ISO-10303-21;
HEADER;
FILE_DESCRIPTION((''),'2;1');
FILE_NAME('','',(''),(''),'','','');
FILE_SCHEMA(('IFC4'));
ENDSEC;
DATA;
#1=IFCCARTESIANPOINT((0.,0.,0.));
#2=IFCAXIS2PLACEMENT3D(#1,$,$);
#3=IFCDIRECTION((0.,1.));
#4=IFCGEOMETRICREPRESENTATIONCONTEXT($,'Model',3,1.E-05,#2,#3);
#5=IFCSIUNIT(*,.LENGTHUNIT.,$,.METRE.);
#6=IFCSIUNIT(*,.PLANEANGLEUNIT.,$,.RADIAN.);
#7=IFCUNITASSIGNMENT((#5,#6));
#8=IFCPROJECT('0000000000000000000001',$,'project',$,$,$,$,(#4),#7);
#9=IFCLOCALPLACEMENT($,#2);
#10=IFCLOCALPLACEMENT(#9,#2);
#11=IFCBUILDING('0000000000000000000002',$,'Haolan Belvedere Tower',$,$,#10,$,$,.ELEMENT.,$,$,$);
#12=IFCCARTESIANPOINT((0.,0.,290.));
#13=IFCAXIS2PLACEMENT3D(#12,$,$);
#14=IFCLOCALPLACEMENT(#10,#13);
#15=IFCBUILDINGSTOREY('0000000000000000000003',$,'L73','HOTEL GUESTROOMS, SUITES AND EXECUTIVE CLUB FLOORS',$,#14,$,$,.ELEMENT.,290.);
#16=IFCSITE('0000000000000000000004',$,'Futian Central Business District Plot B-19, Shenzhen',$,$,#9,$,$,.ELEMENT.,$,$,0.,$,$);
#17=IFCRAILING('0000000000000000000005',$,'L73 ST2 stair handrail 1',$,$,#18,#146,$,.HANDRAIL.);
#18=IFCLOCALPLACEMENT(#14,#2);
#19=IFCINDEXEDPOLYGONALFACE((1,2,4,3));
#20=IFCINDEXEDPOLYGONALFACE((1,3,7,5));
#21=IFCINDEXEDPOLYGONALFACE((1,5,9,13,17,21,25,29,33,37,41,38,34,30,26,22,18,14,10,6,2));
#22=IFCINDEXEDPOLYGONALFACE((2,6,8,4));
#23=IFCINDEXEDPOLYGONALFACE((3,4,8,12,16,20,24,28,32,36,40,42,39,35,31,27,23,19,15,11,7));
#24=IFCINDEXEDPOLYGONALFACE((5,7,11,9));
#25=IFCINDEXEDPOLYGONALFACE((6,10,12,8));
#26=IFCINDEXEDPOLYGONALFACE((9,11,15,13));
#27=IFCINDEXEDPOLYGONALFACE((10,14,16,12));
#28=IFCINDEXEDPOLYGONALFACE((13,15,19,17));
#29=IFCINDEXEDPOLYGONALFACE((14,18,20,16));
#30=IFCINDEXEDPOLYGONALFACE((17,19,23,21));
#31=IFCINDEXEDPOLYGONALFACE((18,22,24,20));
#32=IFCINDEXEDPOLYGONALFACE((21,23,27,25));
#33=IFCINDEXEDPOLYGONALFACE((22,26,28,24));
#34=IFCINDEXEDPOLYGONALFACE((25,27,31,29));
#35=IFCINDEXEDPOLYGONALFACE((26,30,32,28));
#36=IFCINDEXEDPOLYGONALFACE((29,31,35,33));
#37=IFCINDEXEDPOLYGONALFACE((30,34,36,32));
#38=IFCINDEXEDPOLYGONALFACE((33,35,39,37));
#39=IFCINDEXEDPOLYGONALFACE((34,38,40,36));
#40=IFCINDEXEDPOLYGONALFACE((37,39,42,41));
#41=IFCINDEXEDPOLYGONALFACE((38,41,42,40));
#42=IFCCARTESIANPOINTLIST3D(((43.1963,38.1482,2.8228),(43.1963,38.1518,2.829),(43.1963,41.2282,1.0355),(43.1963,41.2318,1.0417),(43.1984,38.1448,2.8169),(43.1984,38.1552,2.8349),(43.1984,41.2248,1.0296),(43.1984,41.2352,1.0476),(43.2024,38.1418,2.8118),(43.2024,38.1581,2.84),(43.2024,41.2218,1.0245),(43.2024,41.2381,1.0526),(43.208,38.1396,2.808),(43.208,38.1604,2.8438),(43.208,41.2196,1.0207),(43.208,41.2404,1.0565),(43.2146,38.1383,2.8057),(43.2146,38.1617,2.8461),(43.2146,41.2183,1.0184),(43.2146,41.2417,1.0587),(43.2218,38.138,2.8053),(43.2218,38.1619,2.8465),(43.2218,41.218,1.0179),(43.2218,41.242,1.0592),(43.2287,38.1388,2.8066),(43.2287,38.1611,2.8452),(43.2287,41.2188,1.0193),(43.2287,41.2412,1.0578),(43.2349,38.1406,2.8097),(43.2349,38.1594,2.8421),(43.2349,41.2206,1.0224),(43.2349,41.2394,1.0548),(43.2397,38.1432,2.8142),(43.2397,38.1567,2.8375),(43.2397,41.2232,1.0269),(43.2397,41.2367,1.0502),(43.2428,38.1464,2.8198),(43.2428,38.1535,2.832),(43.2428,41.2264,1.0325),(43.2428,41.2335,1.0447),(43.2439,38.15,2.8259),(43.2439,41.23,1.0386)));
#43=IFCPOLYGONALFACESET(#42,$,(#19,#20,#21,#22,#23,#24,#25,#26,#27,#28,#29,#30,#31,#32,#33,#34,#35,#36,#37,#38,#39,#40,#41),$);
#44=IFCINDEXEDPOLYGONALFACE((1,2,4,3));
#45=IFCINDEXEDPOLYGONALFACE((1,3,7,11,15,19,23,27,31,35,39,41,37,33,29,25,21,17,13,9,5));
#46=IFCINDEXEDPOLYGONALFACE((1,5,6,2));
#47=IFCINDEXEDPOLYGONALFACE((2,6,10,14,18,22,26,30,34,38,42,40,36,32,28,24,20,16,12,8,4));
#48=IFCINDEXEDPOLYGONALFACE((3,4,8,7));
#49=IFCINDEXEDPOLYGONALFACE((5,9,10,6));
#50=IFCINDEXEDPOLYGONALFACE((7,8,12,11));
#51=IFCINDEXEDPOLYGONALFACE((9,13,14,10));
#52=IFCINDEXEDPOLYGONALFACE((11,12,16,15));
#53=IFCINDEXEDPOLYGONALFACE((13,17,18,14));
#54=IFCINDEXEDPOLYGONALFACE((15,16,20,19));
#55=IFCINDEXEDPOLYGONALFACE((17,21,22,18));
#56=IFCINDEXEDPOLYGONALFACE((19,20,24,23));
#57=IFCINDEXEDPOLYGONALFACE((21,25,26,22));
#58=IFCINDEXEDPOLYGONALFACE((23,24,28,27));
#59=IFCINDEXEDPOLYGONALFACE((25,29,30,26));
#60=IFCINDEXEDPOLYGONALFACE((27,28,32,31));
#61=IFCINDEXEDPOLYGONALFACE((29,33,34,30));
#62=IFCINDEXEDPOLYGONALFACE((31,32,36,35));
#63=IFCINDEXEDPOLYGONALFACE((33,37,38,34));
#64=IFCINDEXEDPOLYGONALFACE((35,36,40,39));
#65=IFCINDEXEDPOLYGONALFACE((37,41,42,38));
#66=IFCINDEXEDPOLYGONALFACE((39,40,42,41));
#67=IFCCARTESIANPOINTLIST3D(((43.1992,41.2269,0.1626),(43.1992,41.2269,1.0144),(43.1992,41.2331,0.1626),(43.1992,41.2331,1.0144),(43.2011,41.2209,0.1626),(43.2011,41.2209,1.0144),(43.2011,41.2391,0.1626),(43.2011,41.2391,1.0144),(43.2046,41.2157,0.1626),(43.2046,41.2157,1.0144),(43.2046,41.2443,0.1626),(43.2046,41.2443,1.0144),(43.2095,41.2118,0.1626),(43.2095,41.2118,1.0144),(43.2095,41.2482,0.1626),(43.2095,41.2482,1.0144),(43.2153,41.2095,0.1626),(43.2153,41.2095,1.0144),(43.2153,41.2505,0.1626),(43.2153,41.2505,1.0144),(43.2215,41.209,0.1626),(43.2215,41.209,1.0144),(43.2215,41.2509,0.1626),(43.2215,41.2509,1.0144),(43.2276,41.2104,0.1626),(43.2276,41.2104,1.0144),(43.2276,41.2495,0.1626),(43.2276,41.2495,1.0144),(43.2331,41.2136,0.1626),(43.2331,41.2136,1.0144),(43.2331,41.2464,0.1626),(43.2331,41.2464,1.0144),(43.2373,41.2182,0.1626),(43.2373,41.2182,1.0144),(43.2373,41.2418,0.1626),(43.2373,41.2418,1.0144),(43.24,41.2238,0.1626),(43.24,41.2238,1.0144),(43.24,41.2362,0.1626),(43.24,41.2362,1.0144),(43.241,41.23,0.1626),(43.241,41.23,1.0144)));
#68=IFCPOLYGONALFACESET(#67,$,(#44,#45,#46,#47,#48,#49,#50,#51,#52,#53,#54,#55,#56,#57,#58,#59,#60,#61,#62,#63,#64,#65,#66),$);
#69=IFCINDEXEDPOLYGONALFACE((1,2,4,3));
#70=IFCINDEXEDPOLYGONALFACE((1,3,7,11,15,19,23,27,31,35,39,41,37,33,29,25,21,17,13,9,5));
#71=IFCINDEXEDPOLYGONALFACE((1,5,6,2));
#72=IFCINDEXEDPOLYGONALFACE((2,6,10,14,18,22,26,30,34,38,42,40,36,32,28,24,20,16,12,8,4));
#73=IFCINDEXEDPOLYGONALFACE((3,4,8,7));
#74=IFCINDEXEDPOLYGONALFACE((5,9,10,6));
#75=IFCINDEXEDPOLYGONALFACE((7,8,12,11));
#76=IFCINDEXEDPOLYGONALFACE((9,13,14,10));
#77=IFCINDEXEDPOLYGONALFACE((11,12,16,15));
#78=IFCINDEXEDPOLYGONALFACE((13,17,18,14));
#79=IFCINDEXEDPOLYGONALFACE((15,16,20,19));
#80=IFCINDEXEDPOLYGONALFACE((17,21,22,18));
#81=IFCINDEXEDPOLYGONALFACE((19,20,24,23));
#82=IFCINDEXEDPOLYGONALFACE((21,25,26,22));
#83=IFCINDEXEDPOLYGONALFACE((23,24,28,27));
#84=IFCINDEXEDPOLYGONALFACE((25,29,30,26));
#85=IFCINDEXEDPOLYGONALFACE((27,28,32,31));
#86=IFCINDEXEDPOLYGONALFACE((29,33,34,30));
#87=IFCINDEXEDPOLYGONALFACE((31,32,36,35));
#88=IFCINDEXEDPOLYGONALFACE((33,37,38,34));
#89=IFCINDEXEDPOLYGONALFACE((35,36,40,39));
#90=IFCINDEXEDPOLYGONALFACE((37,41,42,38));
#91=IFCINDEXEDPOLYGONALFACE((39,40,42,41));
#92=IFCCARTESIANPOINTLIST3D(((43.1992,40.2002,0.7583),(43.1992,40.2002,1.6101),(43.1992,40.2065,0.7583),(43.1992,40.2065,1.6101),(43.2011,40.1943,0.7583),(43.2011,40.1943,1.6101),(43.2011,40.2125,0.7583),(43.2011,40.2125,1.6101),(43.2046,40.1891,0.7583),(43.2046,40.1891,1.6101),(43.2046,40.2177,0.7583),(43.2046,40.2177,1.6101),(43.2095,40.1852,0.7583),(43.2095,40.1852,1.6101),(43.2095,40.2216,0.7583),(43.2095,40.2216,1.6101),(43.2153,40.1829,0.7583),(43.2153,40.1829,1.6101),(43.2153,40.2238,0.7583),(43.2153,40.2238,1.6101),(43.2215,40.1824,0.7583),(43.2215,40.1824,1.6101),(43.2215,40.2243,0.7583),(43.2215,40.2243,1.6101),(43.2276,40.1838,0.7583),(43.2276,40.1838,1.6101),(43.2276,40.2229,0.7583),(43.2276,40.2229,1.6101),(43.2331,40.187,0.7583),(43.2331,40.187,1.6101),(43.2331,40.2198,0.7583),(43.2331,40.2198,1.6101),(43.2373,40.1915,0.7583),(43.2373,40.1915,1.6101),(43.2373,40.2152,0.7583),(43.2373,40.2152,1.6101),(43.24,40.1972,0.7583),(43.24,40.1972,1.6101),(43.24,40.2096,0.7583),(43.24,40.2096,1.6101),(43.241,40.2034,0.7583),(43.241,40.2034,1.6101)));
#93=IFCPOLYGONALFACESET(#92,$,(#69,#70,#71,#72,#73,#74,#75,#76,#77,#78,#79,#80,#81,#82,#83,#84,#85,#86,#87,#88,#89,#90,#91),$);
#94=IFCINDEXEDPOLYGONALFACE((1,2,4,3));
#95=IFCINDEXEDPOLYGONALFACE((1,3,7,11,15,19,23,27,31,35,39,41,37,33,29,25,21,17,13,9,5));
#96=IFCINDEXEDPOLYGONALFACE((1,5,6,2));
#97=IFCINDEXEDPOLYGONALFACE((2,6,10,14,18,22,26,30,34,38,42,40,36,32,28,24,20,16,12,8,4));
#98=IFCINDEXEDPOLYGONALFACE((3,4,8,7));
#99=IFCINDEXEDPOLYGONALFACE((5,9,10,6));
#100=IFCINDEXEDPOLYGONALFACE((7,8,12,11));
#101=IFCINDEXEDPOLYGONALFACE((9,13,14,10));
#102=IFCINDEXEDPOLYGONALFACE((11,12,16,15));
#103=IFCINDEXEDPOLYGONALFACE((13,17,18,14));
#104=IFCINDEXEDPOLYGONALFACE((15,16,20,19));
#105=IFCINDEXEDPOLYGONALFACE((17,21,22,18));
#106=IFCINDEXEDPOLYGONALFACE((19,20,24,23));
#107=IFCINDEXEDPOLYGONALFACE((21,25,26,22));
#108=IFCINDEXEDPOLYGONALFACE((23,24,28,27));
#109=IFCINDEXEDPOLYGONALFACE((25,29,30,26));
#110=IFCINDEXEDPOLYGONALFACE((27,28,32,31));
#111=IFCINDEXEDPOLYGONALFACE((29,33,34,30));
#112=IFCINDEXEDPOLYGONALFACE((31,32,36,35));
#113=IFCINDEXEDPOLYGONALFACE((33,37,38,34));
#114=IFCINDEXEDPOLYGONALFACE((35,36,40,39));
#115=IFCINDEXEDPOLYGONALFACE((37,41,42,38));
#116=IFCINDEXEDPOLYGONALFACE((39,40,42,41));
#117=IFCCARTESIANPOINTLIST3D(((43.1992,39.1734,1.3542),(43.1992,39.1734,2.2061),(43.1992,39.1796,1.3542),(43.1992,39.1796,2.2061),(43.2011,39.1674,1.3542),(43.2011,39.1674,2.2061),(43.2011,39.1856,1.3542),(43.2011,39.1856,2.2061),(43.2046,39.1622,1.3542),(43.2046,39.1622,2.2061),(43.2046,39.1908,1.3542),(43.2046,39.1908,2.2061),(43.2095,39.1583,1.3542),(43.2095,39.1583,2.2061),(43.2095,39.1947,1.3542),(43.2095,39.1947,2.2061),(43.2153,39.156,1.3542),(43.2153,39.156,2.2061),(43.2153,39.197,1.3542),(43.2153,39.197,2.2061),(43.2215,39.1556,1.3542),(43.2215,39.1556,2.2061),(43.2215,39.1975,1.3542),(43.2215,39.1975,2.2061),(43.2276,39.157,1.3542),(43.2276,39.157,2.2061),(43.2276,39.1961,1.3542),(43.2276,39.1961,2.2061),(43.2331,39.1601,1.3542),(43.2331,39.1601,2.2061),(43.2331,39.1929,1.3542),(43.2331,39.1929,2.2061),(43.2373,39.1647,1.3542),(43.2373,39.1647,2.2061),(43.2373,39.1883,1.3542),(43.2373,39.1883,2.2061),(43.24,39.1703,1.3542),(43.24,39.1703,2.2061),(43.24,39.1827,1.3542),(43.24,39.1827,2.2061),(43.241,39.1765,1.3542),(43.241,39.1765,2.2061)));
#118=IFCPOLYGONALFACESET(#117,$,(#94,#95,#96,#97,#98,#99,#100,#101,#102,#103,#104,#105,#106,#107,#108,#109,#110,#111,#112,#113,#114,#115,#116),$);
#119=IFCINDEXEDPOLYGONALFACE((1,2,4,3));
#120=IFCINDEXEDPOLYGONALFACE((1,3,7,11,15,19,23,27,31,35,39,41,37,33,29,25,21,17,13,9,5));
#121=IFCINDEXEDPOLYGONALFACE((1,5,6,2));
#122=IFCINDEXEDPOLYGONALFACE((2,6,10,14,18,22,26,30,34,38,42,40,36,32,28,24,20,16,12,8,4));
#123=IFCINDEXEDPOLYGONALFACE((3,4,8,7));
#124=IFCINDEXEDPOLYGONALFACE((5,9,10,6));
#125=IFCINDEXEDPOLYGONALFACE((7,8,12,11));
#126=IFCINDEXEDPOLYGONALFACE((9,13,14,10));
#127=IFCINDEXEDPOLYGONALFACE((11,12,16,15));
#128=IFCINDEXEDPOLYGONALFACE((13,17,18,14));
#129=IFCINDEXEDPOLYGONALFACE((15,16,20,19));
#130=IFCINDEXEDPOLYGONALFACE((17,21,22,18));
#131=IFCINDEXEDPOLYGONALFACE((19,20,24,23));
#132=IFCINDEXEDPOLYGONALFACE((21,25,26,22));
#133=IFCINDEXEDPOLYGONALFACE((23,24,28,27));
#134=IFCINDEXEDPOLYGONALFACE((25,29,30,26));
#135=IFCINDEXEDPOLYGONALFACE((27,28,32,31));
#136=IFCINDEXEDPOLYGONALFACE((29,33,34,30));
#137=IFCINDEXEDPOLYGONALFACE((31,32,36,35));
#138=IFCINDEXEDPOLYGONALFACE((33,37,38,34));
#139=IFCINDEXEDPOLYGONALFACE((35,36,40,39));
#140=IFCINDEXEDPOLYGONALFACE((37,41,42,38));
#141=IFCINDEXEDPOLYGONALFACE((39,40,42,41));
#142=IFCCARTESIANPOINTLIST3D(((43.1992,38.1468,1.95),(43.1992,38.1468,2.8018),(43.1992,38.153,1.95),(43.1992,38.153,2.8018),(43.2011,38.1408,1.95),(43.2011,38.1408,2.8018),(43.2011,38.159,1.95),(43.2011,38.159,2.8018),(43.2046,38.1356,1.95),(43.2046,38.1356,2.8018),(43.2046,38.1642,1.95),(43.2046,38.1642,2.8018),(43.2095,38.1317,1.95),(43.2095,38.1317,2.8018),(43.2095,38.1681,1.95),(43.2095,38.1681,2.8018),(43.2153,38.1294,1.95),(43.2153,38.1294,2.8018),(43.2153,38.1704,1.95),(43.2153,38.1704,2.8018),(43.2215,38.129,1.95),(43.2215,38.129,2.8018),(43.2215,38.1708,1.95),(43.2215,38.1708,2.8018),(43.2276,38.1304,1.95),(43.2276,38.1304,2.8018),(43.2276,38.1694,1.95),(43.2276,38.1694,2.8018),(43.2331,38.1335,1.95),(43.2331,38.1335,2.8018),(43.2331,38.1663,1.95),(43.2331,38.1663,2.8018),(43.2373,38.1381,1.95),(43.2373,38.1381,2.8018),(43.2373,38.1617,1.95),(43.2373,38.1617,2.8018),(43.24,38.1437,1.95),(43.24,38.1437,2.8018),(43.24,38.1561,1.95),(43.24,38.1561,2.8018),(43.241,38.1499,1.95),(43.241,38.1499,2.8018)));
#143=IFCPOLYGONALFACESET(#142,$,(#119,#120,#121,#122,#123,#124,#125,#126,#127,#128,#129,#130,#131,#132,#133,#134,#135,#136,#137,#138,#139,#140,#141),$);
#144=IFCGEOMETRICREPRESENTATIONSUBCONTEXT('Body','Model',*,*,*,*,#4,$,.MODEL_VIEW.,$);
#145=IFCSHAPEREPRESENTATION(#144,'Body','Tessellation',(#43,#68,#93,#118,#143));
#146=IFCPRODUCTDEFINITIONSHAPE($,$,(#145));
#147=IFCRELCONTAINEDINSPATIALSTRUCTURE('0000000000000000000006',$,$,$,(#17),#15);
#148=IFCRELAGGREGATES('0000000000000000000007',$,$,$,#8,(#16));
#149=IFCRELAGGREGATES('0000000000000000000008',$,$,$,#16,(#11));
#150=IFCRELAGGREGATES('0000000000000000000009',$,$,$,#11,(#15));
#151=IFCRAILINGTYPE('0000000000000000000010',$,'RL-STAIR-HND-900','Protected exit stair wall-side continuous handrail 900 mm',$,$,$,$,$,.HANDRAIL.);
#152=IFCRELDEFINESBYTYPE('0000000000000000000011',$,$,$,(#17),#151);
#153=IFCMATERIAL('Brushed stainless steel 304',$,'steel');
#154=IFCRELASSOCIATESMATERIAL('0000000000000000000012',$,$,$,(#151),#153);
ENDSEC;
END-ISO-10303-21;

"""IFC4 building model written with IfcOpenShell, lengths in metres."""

from ifc_helpers import new_model, si_unit, direction, frame, origin, origin_2d, place, context, subcontext, project, spatial, circle, extrude, material, type_object, element, save


model = new_model("IFC4")

# Units and contexts
model_context = context("Model", 3, precision=1e-05, world=origin(), true_north=direction((0.0, 1.0)))
body_context = subcontext(model_context, "Body", "Model", "MODEL_VIEW")
ifc_project = project(units=[si_unit("LENGTHUNIT", "METRE"), si_unit("PLANEANGLEUNIT", "RADIAN")], contexts=[model_context])

# Site, building, storey
site_placement = place(None, origin())
site = spatial("IfcSite", under=ifc_project, at=site_placement, Name="Futian Central Business District Plot B-19, Shenzhen", CompositionType="ELEMENT", RefElevation=0.0)
building_placement = place(site_placement, origin())
building = spatial("IfcBuilding", under=site, at=building_placement, Name="Haolan Belvedere Tower", CompositionType="ELEMENT")
storey_placement = place(building_placement, frame((0.0, 0.0, 290.0)))
storey = spatial("IfcBuildingStorey", under=building, at=storey_placement, Name="L73", Description="HOTEL GUESTROOMS, SUITES AND EXECUTIVE CLUB FLOORS", CompositionType="ELEMENT", Elevation=290.0)

# Railing
ifc_material_1 = material(Name="Brushed stainless steel 304", Category="steel")
railing_type_1 = type_object("IfcRailingType", Name="RL-STAIR-HND-900", Description="Protected exit stair wall-side continuous handrail 900 mm", PredefinedType="HANDRAIL", material=ifc_material_1)
railing_1_placement = place(storey_placement, frame((43.22, 41.23, 0.1626)))
element("IfcRailing", 1, at=railing_1_placement, inside=storey, type_object=railing_type_1, Name="L73 ST2 stair handrail 1", PredefinedType="HANDRAIL", context=body_context, shape_type="SweptSolid", body=[
    extrude(circle(Radius=0.0239, at=origin_2d()), frame((0.0, 0.0, 0.876), z_axis=(0.0, -0.86492, 0.501909), x_axis=(1.0, 0.0, 0.0)), (0.0, 0.0, 1.0), 3.561),
    extrude(circle(Radius=0.021, at=origin_2d()), origin(), (0.0, 0.0, 1.0), 0.8518),
    extrude(circle(Radius=0.021, at=origin_2d()), frame((0.0, -1.0266, 0.5957)), (0.0, 0.0, 1.0), 0.8518),
    extrude(circle(Radius=0.021, at=origin_2d()), frame((0.0, -2.0535, 1.1917)), (0.0, 0.0, 1.0), 0.8518),
    extrude(circle(Radius=0.021, at=origin_2d()), frame((0.0, -3.0801, 1.7874)), (0.0, 0.0, 1.0), 0.8518),
])

save(model, "model.ifc")
